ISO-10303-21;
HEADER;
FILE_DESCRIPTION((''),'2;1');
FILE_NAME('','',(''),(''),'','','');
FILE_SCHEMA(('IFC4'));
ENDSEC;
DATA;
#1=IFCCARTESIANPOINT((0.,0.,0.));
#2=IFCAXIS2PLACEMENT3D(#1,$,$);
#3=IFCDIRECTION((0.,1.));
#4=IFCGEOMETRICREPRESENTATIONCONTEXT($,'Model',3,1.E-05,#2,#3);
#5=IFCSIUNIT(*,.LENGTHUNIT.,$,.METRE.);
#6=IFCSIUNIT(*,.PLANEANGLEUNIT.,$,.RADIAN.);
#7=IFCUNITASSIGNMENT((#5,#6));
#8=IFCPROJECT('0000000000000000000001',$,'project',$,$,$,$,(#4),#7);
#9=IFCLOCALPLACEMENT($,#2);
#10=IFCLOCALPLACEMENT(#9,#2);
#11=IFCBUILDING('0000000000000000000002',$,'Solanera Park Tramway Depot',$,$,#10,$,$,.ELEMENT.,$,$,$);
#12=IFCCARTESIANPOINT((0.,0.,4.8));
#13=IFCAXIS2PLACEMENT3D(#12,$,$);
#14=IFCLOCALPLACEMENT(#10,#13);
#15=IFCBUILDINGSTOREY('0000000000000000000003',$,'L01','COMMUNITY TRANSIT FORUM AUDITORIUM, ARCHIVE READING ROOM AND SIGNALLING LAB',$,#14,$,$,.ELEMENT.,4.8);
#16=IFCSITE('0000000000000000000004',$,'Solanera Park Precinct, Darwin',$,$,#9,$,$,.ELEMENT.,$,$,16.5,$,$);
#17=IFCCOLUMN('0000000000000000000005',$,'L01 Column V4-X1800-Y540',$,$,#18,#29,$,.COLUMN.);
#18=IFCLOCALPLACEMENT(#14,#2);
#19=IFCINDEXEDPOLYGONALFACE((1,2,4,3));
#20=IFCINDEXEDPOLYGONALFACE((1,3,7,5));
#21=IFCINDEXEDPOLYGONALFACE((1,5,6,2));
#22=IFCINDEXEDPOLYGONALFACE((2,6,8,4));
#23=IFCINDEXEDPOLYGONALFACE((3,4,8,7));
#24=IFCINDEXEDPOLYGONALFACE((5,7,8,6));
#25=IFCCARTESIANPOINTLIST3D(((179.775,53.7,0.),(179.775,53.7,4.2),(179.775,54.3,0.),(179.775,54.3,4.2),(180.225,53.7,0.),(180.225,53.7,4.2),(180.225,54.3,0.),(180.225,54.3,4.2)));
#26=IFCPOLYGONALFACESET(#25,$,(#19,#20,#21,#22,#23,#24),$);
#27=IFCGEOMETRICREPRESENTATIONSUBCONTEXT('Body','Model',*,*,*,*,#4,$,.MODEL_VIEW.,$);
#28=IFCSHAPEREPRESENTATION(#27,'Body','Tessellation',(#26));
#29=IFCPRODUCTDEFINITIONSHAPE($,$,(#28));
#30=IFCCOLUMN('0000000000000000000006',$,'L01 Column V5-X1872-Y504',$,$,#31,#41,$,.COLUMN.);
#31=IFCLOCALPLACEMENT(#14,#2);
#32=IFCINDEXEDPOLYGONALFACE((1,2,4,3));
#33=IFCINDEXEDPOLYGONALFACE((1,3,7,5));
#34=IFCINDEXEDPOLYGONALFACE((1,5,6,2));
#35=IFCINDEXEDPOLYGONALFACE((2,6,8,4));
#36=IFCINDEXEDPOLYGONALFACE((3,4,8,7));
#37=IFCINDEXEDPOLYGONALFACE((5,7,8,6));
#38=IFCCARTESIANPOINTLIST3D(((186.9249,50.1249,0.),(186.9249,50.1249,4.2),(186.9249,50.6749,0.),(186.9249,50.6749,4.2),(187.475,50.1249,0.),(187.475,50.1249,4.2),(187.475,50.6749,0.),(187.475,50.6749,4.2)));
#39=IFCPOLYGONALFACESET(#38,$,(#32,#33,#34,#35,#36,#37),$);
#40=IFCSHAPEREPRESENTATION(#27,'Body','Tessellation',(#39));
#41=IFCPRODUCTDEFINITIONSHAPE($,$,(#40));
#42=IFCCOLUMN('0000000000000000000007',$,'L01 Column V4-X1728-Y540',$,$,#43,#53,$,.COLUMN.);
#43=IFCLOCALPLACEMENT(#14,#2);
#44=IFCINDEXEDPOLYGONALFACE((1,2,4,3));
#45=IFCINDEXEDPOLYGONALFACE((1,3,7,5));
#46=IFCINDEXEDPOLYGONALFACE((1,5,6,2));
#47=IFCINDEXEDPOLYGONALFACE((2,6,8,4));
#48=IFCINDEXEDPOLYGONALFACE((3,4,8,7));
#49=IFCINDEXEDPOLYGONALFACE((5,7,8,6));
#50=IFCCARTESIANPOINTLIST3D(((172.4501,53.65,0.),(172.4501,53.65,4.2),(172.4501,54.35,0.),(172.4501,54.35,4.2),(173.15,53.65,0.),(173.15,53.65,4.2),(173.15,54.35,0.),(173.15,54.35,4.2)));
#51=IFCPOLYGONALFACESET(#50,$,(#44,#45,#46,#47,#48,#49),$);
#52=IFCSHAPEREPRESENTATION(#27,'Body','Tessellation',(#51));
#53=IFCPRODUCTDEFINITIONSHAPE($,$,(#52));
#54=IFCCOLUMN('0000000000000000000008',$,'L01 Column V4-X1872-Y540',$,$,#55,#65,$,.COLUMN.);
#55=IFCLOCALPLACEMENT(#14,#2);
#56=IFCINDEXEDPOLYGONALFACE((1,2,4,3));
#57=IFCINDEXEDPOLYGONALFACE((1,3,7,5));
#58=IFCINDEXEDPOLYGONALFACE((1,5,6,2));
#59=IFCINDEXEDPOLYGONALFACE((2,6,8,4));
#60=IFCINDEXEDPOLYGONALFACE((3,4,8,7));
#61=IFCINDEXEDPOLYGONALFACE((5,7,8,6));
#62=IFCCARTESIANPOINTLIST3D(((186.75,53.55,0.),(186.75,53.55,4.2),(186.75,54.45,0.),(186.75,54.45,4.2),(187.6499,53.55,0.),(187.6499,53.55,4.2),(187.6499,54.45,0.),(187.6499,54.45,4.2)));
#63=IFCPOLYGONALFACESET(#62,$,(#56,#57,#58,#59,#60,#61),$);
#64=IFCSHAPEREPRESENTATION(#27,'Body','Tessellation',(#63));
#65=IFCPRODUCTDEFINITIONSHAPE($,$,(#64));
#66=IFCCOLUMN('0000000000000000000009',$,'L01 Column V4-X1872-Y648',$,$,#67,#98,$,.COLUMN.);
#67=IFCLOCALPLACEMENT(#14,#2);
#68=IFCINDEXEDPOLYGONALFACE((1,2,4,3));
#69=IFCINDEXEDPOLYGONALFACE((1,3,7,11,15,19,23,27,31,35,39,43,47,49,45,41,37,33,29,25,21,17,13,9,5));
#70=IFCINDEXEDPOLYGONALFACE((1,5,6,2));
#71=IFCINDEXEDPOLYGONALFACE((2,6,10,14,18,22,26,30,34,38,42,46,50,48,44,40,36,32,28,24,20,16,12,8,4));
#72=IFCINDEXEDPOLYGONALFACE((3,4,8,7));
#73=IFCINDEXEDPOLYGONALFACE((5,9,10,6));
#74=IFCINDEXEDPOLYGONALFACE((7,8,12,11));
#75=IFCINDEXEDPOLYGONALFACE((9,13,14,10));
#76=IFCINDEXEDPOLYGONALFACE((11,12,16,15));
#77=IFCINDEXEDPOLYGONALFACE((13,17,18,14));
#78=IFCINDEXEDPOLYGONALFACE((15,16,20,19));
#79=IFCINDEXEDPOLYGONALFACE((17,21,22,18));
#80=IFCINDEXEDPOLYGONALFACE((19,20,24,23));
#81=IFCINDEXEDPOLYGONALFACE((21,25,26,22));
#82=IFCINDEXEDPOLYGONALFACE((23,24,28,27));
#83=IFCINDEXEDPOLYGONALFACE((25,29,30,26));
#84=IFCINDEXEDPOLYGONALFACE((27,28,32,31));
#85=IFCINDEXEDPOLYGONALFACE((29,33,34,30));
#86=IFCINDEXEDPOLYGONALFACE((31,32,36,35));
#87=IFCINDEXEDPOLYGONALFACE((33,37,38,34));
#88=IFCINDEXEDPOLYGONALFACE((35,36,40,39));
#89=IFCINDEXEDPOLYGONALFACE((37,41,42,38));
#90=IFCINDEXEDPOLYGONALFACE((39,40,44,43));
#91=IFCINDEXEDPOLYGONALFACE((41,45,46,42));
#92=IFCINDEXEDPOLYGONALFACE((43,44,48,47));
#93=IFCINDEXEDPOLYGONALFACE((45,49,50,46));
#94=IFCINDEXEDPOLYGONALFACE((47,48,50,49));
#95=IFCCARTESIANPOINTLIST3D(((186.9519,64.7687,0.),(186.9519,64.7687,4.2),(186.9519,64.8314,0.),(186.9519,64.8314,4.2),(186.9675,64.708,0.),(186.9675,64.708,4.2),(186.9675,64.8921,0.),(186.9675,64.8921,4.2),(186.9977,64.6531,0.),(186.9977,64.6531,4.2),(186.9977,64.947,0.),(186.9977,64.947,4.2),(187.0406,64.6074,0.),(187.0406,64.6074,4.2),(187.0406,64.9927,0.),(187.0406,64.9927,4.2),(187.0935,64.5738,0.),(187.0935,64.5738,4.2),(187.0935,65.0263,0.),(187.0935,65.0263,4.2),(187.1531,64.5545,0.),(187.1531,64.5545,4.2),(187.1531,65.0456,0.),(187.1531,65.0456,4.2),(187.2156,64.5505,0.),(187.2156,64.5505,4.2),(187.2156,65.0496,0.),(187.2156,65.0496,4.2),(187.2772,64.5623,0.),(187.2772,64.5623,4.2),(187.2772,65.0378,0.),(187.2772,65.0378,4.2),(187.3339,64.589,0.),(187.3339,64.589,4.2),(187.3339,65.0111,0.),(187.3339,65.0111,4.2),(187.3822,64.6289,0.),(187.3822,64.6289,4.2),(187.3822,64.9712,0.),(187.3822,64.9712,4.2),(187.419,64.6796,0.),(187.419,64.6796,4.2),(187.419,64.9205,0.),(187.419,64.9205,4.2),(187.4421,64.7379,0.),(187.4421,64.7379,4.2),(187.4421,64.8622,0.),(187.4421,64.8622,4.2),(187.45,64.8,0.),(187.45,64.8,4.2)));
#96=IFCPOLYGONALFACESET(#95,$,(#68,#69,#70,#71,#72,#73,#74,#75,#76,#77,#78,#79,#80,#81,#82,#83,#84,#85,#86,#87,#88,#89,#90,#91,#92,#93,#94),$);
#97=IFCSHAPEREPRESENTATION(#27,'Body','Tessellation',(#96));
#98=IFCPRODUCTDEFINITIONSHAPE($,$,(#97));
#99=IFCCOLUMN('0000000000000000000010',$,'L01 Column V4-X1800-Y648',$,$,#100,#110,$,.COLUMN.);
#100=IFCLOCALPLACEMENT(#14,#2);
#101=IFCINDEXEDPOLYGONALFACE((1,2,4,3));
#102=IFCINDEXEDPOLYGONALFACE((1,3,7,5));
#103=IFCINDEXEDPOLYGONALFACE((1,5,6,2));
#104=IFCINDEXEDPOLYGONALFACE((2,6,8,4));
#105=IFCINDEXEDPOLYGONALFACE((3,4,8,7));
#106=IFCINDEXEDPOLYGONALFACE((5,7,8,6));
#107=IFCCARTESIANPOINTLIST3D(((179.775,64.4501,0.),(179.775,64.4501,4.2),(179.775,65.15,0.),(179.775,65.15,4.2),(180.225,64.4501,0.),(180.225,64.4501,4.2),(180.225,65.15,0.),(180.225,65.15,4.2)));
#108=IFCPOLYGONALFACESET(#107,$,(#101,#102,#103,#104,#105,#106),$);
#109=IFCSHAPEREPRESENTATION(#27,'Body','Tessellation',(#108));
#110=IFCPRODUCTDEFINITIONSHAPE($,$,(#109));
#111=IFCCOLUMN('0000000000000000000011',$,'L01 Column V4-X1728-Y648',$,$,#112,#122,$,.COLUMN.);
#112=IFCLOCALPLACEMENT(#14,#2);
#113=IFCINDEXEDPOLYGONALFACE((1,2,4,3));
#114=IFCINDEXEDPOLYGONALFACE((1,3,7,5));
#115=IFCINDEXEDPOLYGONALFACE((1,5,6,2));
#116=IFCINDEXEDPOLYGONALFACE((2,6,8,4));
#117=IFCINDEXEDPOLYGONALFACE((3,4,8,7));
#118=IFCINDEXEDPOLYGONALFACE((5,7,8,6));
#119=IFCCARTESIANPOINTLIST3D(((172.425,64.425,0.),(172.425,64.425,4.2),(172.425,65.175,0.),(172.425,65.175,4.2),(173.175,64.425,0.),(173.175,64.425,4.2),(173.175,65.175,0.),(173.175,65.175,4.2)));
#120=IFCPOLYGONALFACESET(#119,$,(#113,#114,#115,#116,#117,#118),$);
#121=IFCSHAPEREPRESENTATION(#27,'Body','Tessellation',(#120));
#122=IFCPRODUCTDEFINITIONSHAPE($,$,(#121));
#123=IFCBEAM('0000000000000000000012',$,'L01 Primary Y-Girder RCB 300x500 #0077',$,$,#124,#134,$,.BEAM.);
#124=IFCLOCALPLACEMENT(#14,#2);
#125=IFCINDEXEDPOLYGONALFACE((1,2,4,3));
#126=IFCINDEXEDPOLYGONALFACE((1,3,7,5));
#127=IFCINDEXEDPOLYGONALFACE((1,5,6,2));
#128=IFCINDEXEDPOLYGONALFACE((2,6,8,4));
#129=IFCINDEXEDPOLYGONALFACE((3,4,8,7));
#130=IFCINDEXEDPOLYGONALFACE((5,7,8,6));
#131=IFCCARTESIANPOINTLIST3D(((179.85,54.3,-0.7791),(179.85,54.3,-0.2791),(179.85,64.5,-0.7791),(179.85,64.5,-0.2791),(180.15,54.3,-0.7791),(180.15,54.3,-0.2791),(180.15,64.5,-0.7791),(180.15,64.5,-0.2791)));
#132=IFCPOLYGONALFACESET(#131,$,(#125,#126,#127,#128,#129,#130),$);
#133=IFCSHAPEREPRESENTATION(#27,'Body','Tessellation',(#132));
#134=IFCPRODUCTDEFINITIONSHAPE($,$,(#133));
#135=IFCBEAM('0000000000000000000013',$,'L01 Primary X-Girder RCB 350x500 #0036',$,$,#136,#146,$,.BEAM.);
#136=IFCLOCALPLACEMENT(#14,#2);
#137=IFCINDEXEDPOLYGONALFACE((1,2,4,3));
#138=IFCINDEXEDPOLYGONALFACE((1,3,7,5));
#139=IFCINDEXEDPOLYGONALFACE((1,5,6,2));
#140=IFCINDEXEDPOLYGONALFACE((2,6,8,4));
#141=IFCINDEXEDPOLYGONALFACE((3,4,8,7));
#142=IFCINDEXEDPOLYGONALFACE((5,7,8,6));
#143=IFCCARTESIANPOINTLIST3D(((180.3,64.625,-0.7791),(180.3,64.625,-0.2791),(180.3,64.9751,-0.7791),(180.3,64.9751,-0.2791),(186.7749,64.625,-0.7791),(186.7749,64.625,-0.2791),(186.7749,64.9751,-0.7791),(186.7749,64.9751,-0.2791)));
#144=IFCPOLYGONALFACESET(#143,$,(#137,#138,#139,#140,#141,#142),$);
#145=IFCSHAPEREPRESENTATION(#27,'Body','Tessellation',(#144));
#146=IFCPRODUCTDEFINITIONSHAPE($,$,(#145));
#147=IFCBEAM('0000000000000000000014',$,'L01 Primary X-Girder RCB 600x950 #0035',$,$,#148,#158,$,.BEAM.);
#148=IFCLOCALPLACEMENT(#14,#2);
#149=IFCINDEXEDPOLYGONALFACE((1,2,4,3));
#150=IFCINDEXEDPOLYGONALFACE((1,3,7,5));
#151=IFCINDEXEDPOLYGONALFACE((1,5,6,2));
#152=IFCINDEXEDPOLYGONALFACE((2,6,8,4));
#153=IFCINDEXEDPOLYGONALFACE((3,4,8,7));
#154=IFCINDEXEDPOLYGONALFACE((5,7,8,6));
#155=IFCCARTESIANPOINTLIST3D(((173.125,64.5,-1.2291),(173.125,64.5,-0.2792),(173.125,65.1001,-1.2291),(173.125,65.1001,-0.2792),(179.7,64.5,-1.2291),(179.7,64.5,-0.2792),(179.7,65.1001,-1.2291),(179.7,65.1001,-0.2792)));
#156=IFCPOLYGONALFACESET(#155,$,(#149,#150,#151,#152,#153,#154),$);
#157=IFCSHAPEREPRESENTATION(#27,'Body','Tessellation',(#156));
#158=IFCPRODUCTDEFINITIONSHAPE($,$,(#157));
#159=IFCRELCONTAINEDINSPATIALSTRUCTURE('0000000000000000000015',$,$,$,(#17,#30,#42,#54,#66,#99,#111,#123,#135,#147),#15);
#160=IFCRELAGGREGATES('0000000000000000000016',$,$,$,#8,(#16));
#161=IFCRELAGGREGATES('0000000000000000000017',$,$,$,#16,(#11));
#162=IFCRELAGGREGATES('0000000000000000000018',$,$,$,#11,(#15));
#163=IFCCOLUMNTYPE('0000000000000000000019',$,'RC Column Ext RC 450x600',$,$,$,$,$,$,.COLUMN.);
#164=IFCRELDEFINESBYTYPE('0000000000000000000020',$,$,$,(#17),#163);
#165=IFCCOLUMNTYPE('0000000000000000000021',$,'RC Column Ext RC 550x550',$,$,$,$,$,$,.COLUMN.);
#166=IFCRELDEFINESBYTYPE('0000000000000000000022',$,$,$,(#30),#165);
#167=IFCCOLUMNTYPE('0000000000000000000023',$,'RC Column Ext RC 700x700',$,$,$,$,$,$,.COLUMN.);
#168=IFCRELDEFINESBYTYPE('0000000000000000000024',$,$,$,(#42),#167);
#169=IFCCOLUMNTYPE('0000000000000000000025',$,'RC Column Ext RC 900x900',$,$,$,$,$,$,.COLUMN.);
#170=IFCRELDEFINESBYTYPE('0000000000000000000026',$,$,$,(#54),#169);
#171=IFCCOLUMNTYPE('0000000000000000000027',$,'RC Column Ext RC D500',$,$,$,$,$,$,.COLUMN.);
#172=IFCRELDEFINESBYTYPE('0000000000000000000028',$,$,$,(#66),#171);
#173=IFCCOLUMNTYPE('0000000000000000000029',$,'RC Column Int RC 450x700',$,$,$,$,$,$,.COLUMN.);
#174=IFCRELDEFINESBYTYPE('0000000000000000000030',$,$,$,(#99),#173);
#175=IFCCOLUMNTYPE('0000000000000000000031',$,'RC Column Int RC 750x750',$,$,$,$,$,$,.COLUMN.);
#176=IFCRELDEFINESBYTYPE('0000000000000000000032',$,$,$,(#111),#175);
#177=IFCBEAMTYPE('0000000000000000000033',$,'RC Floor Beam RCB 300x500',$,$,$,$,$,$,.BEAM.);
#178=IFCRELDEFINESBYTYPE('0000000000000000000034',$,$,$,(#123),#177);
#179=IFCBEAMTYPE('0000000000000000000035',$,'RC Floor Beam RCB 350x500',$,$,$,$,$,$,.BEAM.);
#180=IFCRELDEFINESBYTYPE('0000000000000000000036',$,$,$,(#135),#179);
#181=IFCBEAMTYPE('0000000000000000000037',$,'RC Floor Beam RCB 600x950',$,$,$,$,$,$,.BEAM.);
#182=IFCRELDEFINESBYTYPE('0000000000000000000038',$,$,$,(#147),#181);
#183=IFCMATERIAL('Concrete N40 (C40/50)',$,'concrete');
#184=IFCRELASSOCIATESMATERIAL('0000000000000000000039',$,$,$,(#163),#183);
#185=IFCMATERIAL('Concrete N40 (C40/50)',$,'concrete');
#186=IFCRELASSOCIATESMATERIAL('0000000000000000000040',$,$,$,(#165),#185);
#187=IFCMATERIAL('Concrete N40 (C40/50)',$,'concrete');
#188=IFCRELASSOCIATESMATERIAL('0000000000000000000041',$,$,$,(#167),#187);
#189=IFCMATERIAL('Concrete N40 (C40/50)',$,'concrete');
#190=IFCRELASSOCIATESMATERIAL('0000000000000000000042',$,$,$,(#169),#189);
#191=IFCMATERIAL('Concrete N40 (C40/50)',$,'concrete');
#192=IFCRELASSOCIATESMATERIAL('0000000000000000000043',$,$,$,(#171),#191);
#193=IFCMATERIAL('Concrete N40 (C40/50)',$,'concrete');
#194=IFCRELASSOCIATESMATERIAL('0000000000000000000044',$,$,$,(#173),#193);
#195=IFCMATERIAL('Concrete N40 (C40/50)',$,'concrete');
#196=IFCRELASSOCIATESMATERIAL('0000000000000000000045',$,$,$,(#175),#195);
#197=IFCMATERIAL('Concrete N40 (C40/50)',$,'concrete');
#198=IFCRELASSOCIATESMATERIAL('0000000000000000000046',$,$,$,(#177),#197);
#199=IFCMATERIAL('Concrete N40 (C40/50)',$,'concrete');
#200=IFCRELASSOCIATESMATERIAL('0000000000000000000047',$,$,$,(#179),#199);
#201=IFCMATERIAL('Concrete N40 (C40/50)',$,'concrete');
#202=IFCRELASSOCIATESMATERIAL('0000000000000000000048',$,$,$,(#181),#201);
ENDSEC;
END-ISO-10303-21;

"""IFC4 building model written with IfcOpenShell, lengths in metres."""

from ifc_helpers import new_model, si_unit, direction, frame, origin, origin_2d, place, context, subcontext, project, spatial, rectangle, circle, extrude, material, material_profile, profile_set, type_object, element, save


model = new_model("IFC4")

# Units and contexts
model_context = context("Model", 3, precision=1e-05, world=origin(), true_north=direction((0.0, 1.0)))
body_context = subcontext(model_context, "Body", "Model", "MODEL_VIEW")
ifc_project = project(units=[si_unit("LENGTHUNIT", "METRE"), si_unit("PLANEANGLEUNIT", "RADIAN")], contexts=[model_context])

# Site, building, storey
site_placement = place(None, origin())
site = spatial("IfcSite", under=ifc_project, at=site_placement, Name="Solanera Park Precinct, Darwin", CompositionType="ELEMENT", RefElevation=16.5)
building_placement = place(site_placement, origin())
building = spatial("IfcBuilding", under=site, at=building_placement, Name="Solanera Park Tramway Depot", CompositionType="ELEMENT")
storey_placement = place(building_placement, frame((0.0, 0.0, 4.8)))
storey = spatial("IfcBuildingStorey", under=building, at=storey_placement, Name="L01", Description="COMMUNITY TRANSIT FORUM AUDITORIUM, ARCHIVE READING ROOM AND SIGNALLING LAB", CompositionType="ELEMENT", Elevation=4.8)

# Columns
ifc_material_1 = material(Name="Concrete N40 (C40/50)", Category="concrete")
ifc_material_profile_1 = material_profile(ifc_material_1, rectangle(XDim=0.45, YDim=0.6001, at=origin_2d()), Name="RC 450x600")
ifc_profile_set_1 = profile_set([ifc_material_profile_1], Name="Concrete N40 (C40/50)")
column_type_1 = type_object("IfcColumnType", Name="RC Column Ext RC 450x600", PredefinedType="COLUMN", material=ifc_profile_set_1)
column_1_placement = place(storey_placement, frame((180.0, 54.0, 0.0), z_axis=(0.0, 0.0, 1.0), x_axis=(1.0, 0.0, 0.0)))
element("IfcColumn", 1, at=column_1_placement, inside=storey, type_object=column_type_1, Name="L01 Column V4-X1800-Y540", PredefinedType="COLUMN", context=body_context, shape_type="SweptSolid", body=[
    extrude(rectangle(XDim=0.45, YDim=0.6001, at=origin_2d()), origin(), (0.0, 0.0, 1.0), 4.2),
])
ifc_material_2 = material(Name="Concrete N40 (C40/50)", Category="concrete")
ifc_material_profile_2 = material_profile(ifc_material_2, rectangle(XDim=0.55, YDim=0.55, at=origin_2d()), Name="RC 550x550")
ifc_profile_set_2 = profile_set([ifc_material_profile_2], Name="Concrete N40 (C40/50)")
column_type_2 = type_object("IfcColumnType", Name="RC Column Ext RC 550x550", PredefinedType="COLUMN", material=ifc_profile_set_2)
column_2_placement = place(storey_placement, frame((187.2, 50.3999, 0.0), z_axis=(0.0, 0.0, 1.0), x_axis=(1.0, 0.0, 0.0)))
element("IfcColumn", 2, at=column_2_placement, inside=storey, type_object=column_type_2, Name="L01 Column V5-X1872-Y504", PredefinedType="COLUMN", context=body_context, shape_type="SweptSolid", body=[
    extrude(rectangle(XDim=0.55, YDim=0.55, at=origin_2d()), origin(), (0.0, 0.0, 1.0), 4.2),
])
ifc_material_3 = material(Name="Concrete N40 (C40/50)", Category="concrete")
ifc_material_profile_3 = material_profile(ifc_material_3, rectangle(XDim=0.7, YDim=0.7, at=origin_2d()), Name="RC 700x700")
ifc_profile_set_3 = profile_set([ifc_material_profile_3], Name="Concrete N40 (C40/50)")
column_type_3 = type_object("IfcColumnType", Name="RC Column Ext RC 700x700", PredefinedType="COLUMN", material=ifc_profile_set_3)
column_3_placement = place(storey_placement, frame((172.8, 54.0, 0.0), z_axis=(0.0, 0.0, 1.0), x_axis=(1.0, 0.0, 0.0)))
element("IfcColumn", 3, at=column_3_placement, inside=storey, type_object=column_type_3, Name="L01 Column V4-X1728-Y540", PredefinedType="COLUMN", context=body_context, shape_type="SweptSolid", body=[
    extrude(rectangle(XDim=0.7, YDim=0.7, at=origin_2d()), origin(), (0.0, 0.0, 1.0), 4.2),
])
ifc_material_4 = material(Name="Concrete N40 (C40/50)", Category="concrete")
ifc_material_profile_4 = material_profile(ifc_material_4, rectangle(XDim=0.8999, YDim=0.8999, at=origin_2d()), Name="RC 900x900")
ifc_profile_set_4 = profile_set([ifc_material_profile_4], Name="Concrete N40 (C40/50)")
column_type_4 = type_object("IfcColumnType", Name="RC Column Ext RC 900x900", PredefinedType="COLUMN", material=ifc_profile_set_4)
column_4_placement = place(storey_placement, frame((187.2, 54.0, 0.0), z_axis=(0.0, 0.0, 1.0), x_axis=(1.0, 0.0, 0.0)))
element("IfcColumn", 4, at=column_4_placement, inside=storey, type_object=column_type_4, Name="L01 Column V4-X1872-Y540", PredefinedType="COLUMN", context=body_context, shape_type="SweptSolid", body=[
    extrude(rectangle(XDim=0.8999, YDim=0.8999, at=origin_2d()), origin(), (0.0, 0.0, 1.0), 4.2),
])
ifc_material_5 = material(Name="Concrete N40 (C40/50)", Category="concrete")
ifc_material_profile_5 = material_profile(ifc_material_5, circle(Radius=0.25, at=origin_2d()), Name="RC D500")
ifc_profile_set_5 = profile_set([ifc_material_profile_5], Name="Concrete N40 (C40/50)")
column_type_5 = type_object("IfcColumnType", Name="RC Column Ext RC D500", PredefinedType="COLUMN", material=ifc_profile_set_5)
column_5_placement = place(storey_placement, frame((187.2, 64.8, 0.0), z_axis=(0.0, 0.0, 1.0), x_axis=(1.0, 0.0, 0.0)))
element("IfcColumn", 5, at=column_5_placement, inside=storey, type_object=column_type_5, Name="L01 Column V4-X1872-Y648", PredefinedType="COLUMN", context=body_context, shape_type="SweptSolid", body=[
    extrude(circle(Radius=0.25, at=origin_2d()), origin(), (0.0, 0.0, 1.0), 4.2),
])
ifc_material_6 = material(Name="Concrete N40 (C40/50)", Category="concrete")
ifc_material_profile_6 = material_profile(ifc_material_6, rectangle(XDim=0.45, YDim=0.7, at=origin_2d()), Name="RC 450x700")
ifc_profile_set_6 = profile_set([ifc_material_profile_6], Name="Concrete N40 (C40/50)")
column_type_6 = type_object("IfcColumnType", Name="RC Column Int RC 450x700", PredefinedType="COLUMN", material=ifc_profile_set_6)
column_6_placement = place(storey_placement, frame((180.0, 64.8, 0.0), z_axis=(0.0, 0.0, 1.0), x_axis=(1.0, 0.0, 0.0)))
element("IfcColumn", 6, at=column_6_placement, inside=storey, type_object=column_type_6, Name="L01 Column V4-X1800-Y648", PredefinedType="COLUMN", context=body_context, shape_type="SweptSolid", body=[
    extrude(rectangle(XDim=0.45, YDim=0.7, at=origin_2d()), origin(), (0.0, 0.0, 1.0), 4.2),
])
ifc_material_7 = material(Name="Concrete N40 (C40/50)", Category="concrete")
ifc_material_profile_7 = material_profile(ifc_material_7, rectangle(XDim=0.75, YDim=0.75, at=origin_2d()), Name="RC 750x750")
ifc_profile_set_7 = profile_set([ifc_material_profile_7], Name="Concrete N40 (C40/50)")
column_type_7 = type_object("IfcColumnType", Name="RC Column Int RC 750x750", PredefinedType="COLUMN", material=ifc_profile_set_7)
column_7_placement = place(storey_placement, frame((172.8, 64.8, 0.0), z_axis=(0.0, 0.0, 1.0), x_axis=(1.0, 0.0, 0.0)))
element("IfcColumn", 7, at=column_7_placement, inside=storey, type_object=column_type_7, Name="L01 Column V4-X1728-Y648", PredefinedType="COLUMN", context=body_context, shape_type="SweptSolid", body=[
    extrude(rectangle(XDim=0.75, YDim=0.75, at=origin_2d()), origin(), (0.0, 0.0, 1.0), 4.2),
])

# Beams
ifc_material_8 = material(Name="Concrete N40 (C40/50)", Category="concrete")
ifc_material_profile_8 = material_profile(ifc_material_8, rectangle(XDim=0.3, YDim=0.5, at=origin_2d()), Name="RCB 300x500")
ifc_profile_set_8 = profile_set([ifc_material_profile_8], Name="Concrete N40 (C40/50)")
beam_type_1 = type_object("IfcBeamType", Name="RC Floor Beam RCB 300x500", PredefinedType="BEAM", material=ifc_profile_set_8)
beam_1_placement = place(storey_placement, frame((180.0, 54.3, -0.5291), z_axis=(0.0, 1.0, 0.0), x_axis=(-1.0, 0.0, 0.0)))
element("IfcBeam", 8, at=beam_1_placement, inside=storey, type_object=beam_type_1, Name="L01 Primary Y-Girder RCB 300x500 #0077", PredefinedType="BEAM", context=body_context, shape_type="SweptSolid", body=[
    extrude(rectangle(XDim=0.3, YDim=0.5, at=origin_2d()), origin(), (0.0, 0.0, 1.0), 10.2),
])
ifc_material_9 = material(Name="Concrete N40 (C40/50)", Category="concrete")
ifc_material_profile_9 = material_profile(ifc_material_9, rectangle(XDim=0.3501, YDim=0.5, at=origin_2d()), Name="RCB 350x500")
ifc_profile_set_9 = profile_set([ifc_material_profile_9], Name="Concrete N40 (C40/50)")
beam_type_2 = type_object("IfcBeamType", Name="RC Floor Beam RCB 350x500", PredefinedType="BEAM", material=ifc_profile_set_9)
beam_2_placement = place(storey_placement, frame((180.3, 64.8, -0.5291), z_axis=(1.0, 0.0, 0.0), x_axis=(0.0, 1.0, 0.0)))
element("IfcBeam", 9, at=beam_2_placement, inside=storey, type_object=beam_type_2, Name="L01 Primary X-Girder RCB 350x500 #0036", PredefinedType="BEAM", context=body_context, shape_type="SweptSolid", body=[
    extrude(rectangle(XDim=0.3501, YDim=0.5, at=origin_2d()), origin(), (0.0, 0.0, 1.0), 6.4749),
])
ifc_material_10 = material(Name="Concrete N40 (C40/50)", Category="concrete")
ifc_material_profile_10 = material_profile(ifc_material_10, rectangle(XDim=0.6001, YDim=0.95, at=origin_2d()), Name="RCB 600x950")
ifc_profile_set_10 = profile_set([ifc_material_profile_10], Name="Concrete N40 (C40/50)")
beam_type_3 = type_object("IfcBeamType", Name="RC Floor Beam RCB 600x950", PredefinedType="BEAM", material=ifc_profile_set_10)
beam_3_placement = place(storey_placement, frame((173.125, 64.8, -0.7542), z_axis=(1.0, 0.0, 0.0), x_axis=(0.0, 1.0, 0.0)))
element("IfcBeam", 10, at=beam_3_placement, inside=storey, type_object=beam_type_3, Name="L01 Primary X-Girder RCB 600x950 #0035", PredefinedType="BEAM", context=body_context, shape_type="SweptSolid", body=[
    extrude(rectangle(XDim=0.6001, YDim=0.95, at=origin_2d()), origin(), (0.0, 0.0, 1.0), 6.575),
])

save(model, "model.ifc")
